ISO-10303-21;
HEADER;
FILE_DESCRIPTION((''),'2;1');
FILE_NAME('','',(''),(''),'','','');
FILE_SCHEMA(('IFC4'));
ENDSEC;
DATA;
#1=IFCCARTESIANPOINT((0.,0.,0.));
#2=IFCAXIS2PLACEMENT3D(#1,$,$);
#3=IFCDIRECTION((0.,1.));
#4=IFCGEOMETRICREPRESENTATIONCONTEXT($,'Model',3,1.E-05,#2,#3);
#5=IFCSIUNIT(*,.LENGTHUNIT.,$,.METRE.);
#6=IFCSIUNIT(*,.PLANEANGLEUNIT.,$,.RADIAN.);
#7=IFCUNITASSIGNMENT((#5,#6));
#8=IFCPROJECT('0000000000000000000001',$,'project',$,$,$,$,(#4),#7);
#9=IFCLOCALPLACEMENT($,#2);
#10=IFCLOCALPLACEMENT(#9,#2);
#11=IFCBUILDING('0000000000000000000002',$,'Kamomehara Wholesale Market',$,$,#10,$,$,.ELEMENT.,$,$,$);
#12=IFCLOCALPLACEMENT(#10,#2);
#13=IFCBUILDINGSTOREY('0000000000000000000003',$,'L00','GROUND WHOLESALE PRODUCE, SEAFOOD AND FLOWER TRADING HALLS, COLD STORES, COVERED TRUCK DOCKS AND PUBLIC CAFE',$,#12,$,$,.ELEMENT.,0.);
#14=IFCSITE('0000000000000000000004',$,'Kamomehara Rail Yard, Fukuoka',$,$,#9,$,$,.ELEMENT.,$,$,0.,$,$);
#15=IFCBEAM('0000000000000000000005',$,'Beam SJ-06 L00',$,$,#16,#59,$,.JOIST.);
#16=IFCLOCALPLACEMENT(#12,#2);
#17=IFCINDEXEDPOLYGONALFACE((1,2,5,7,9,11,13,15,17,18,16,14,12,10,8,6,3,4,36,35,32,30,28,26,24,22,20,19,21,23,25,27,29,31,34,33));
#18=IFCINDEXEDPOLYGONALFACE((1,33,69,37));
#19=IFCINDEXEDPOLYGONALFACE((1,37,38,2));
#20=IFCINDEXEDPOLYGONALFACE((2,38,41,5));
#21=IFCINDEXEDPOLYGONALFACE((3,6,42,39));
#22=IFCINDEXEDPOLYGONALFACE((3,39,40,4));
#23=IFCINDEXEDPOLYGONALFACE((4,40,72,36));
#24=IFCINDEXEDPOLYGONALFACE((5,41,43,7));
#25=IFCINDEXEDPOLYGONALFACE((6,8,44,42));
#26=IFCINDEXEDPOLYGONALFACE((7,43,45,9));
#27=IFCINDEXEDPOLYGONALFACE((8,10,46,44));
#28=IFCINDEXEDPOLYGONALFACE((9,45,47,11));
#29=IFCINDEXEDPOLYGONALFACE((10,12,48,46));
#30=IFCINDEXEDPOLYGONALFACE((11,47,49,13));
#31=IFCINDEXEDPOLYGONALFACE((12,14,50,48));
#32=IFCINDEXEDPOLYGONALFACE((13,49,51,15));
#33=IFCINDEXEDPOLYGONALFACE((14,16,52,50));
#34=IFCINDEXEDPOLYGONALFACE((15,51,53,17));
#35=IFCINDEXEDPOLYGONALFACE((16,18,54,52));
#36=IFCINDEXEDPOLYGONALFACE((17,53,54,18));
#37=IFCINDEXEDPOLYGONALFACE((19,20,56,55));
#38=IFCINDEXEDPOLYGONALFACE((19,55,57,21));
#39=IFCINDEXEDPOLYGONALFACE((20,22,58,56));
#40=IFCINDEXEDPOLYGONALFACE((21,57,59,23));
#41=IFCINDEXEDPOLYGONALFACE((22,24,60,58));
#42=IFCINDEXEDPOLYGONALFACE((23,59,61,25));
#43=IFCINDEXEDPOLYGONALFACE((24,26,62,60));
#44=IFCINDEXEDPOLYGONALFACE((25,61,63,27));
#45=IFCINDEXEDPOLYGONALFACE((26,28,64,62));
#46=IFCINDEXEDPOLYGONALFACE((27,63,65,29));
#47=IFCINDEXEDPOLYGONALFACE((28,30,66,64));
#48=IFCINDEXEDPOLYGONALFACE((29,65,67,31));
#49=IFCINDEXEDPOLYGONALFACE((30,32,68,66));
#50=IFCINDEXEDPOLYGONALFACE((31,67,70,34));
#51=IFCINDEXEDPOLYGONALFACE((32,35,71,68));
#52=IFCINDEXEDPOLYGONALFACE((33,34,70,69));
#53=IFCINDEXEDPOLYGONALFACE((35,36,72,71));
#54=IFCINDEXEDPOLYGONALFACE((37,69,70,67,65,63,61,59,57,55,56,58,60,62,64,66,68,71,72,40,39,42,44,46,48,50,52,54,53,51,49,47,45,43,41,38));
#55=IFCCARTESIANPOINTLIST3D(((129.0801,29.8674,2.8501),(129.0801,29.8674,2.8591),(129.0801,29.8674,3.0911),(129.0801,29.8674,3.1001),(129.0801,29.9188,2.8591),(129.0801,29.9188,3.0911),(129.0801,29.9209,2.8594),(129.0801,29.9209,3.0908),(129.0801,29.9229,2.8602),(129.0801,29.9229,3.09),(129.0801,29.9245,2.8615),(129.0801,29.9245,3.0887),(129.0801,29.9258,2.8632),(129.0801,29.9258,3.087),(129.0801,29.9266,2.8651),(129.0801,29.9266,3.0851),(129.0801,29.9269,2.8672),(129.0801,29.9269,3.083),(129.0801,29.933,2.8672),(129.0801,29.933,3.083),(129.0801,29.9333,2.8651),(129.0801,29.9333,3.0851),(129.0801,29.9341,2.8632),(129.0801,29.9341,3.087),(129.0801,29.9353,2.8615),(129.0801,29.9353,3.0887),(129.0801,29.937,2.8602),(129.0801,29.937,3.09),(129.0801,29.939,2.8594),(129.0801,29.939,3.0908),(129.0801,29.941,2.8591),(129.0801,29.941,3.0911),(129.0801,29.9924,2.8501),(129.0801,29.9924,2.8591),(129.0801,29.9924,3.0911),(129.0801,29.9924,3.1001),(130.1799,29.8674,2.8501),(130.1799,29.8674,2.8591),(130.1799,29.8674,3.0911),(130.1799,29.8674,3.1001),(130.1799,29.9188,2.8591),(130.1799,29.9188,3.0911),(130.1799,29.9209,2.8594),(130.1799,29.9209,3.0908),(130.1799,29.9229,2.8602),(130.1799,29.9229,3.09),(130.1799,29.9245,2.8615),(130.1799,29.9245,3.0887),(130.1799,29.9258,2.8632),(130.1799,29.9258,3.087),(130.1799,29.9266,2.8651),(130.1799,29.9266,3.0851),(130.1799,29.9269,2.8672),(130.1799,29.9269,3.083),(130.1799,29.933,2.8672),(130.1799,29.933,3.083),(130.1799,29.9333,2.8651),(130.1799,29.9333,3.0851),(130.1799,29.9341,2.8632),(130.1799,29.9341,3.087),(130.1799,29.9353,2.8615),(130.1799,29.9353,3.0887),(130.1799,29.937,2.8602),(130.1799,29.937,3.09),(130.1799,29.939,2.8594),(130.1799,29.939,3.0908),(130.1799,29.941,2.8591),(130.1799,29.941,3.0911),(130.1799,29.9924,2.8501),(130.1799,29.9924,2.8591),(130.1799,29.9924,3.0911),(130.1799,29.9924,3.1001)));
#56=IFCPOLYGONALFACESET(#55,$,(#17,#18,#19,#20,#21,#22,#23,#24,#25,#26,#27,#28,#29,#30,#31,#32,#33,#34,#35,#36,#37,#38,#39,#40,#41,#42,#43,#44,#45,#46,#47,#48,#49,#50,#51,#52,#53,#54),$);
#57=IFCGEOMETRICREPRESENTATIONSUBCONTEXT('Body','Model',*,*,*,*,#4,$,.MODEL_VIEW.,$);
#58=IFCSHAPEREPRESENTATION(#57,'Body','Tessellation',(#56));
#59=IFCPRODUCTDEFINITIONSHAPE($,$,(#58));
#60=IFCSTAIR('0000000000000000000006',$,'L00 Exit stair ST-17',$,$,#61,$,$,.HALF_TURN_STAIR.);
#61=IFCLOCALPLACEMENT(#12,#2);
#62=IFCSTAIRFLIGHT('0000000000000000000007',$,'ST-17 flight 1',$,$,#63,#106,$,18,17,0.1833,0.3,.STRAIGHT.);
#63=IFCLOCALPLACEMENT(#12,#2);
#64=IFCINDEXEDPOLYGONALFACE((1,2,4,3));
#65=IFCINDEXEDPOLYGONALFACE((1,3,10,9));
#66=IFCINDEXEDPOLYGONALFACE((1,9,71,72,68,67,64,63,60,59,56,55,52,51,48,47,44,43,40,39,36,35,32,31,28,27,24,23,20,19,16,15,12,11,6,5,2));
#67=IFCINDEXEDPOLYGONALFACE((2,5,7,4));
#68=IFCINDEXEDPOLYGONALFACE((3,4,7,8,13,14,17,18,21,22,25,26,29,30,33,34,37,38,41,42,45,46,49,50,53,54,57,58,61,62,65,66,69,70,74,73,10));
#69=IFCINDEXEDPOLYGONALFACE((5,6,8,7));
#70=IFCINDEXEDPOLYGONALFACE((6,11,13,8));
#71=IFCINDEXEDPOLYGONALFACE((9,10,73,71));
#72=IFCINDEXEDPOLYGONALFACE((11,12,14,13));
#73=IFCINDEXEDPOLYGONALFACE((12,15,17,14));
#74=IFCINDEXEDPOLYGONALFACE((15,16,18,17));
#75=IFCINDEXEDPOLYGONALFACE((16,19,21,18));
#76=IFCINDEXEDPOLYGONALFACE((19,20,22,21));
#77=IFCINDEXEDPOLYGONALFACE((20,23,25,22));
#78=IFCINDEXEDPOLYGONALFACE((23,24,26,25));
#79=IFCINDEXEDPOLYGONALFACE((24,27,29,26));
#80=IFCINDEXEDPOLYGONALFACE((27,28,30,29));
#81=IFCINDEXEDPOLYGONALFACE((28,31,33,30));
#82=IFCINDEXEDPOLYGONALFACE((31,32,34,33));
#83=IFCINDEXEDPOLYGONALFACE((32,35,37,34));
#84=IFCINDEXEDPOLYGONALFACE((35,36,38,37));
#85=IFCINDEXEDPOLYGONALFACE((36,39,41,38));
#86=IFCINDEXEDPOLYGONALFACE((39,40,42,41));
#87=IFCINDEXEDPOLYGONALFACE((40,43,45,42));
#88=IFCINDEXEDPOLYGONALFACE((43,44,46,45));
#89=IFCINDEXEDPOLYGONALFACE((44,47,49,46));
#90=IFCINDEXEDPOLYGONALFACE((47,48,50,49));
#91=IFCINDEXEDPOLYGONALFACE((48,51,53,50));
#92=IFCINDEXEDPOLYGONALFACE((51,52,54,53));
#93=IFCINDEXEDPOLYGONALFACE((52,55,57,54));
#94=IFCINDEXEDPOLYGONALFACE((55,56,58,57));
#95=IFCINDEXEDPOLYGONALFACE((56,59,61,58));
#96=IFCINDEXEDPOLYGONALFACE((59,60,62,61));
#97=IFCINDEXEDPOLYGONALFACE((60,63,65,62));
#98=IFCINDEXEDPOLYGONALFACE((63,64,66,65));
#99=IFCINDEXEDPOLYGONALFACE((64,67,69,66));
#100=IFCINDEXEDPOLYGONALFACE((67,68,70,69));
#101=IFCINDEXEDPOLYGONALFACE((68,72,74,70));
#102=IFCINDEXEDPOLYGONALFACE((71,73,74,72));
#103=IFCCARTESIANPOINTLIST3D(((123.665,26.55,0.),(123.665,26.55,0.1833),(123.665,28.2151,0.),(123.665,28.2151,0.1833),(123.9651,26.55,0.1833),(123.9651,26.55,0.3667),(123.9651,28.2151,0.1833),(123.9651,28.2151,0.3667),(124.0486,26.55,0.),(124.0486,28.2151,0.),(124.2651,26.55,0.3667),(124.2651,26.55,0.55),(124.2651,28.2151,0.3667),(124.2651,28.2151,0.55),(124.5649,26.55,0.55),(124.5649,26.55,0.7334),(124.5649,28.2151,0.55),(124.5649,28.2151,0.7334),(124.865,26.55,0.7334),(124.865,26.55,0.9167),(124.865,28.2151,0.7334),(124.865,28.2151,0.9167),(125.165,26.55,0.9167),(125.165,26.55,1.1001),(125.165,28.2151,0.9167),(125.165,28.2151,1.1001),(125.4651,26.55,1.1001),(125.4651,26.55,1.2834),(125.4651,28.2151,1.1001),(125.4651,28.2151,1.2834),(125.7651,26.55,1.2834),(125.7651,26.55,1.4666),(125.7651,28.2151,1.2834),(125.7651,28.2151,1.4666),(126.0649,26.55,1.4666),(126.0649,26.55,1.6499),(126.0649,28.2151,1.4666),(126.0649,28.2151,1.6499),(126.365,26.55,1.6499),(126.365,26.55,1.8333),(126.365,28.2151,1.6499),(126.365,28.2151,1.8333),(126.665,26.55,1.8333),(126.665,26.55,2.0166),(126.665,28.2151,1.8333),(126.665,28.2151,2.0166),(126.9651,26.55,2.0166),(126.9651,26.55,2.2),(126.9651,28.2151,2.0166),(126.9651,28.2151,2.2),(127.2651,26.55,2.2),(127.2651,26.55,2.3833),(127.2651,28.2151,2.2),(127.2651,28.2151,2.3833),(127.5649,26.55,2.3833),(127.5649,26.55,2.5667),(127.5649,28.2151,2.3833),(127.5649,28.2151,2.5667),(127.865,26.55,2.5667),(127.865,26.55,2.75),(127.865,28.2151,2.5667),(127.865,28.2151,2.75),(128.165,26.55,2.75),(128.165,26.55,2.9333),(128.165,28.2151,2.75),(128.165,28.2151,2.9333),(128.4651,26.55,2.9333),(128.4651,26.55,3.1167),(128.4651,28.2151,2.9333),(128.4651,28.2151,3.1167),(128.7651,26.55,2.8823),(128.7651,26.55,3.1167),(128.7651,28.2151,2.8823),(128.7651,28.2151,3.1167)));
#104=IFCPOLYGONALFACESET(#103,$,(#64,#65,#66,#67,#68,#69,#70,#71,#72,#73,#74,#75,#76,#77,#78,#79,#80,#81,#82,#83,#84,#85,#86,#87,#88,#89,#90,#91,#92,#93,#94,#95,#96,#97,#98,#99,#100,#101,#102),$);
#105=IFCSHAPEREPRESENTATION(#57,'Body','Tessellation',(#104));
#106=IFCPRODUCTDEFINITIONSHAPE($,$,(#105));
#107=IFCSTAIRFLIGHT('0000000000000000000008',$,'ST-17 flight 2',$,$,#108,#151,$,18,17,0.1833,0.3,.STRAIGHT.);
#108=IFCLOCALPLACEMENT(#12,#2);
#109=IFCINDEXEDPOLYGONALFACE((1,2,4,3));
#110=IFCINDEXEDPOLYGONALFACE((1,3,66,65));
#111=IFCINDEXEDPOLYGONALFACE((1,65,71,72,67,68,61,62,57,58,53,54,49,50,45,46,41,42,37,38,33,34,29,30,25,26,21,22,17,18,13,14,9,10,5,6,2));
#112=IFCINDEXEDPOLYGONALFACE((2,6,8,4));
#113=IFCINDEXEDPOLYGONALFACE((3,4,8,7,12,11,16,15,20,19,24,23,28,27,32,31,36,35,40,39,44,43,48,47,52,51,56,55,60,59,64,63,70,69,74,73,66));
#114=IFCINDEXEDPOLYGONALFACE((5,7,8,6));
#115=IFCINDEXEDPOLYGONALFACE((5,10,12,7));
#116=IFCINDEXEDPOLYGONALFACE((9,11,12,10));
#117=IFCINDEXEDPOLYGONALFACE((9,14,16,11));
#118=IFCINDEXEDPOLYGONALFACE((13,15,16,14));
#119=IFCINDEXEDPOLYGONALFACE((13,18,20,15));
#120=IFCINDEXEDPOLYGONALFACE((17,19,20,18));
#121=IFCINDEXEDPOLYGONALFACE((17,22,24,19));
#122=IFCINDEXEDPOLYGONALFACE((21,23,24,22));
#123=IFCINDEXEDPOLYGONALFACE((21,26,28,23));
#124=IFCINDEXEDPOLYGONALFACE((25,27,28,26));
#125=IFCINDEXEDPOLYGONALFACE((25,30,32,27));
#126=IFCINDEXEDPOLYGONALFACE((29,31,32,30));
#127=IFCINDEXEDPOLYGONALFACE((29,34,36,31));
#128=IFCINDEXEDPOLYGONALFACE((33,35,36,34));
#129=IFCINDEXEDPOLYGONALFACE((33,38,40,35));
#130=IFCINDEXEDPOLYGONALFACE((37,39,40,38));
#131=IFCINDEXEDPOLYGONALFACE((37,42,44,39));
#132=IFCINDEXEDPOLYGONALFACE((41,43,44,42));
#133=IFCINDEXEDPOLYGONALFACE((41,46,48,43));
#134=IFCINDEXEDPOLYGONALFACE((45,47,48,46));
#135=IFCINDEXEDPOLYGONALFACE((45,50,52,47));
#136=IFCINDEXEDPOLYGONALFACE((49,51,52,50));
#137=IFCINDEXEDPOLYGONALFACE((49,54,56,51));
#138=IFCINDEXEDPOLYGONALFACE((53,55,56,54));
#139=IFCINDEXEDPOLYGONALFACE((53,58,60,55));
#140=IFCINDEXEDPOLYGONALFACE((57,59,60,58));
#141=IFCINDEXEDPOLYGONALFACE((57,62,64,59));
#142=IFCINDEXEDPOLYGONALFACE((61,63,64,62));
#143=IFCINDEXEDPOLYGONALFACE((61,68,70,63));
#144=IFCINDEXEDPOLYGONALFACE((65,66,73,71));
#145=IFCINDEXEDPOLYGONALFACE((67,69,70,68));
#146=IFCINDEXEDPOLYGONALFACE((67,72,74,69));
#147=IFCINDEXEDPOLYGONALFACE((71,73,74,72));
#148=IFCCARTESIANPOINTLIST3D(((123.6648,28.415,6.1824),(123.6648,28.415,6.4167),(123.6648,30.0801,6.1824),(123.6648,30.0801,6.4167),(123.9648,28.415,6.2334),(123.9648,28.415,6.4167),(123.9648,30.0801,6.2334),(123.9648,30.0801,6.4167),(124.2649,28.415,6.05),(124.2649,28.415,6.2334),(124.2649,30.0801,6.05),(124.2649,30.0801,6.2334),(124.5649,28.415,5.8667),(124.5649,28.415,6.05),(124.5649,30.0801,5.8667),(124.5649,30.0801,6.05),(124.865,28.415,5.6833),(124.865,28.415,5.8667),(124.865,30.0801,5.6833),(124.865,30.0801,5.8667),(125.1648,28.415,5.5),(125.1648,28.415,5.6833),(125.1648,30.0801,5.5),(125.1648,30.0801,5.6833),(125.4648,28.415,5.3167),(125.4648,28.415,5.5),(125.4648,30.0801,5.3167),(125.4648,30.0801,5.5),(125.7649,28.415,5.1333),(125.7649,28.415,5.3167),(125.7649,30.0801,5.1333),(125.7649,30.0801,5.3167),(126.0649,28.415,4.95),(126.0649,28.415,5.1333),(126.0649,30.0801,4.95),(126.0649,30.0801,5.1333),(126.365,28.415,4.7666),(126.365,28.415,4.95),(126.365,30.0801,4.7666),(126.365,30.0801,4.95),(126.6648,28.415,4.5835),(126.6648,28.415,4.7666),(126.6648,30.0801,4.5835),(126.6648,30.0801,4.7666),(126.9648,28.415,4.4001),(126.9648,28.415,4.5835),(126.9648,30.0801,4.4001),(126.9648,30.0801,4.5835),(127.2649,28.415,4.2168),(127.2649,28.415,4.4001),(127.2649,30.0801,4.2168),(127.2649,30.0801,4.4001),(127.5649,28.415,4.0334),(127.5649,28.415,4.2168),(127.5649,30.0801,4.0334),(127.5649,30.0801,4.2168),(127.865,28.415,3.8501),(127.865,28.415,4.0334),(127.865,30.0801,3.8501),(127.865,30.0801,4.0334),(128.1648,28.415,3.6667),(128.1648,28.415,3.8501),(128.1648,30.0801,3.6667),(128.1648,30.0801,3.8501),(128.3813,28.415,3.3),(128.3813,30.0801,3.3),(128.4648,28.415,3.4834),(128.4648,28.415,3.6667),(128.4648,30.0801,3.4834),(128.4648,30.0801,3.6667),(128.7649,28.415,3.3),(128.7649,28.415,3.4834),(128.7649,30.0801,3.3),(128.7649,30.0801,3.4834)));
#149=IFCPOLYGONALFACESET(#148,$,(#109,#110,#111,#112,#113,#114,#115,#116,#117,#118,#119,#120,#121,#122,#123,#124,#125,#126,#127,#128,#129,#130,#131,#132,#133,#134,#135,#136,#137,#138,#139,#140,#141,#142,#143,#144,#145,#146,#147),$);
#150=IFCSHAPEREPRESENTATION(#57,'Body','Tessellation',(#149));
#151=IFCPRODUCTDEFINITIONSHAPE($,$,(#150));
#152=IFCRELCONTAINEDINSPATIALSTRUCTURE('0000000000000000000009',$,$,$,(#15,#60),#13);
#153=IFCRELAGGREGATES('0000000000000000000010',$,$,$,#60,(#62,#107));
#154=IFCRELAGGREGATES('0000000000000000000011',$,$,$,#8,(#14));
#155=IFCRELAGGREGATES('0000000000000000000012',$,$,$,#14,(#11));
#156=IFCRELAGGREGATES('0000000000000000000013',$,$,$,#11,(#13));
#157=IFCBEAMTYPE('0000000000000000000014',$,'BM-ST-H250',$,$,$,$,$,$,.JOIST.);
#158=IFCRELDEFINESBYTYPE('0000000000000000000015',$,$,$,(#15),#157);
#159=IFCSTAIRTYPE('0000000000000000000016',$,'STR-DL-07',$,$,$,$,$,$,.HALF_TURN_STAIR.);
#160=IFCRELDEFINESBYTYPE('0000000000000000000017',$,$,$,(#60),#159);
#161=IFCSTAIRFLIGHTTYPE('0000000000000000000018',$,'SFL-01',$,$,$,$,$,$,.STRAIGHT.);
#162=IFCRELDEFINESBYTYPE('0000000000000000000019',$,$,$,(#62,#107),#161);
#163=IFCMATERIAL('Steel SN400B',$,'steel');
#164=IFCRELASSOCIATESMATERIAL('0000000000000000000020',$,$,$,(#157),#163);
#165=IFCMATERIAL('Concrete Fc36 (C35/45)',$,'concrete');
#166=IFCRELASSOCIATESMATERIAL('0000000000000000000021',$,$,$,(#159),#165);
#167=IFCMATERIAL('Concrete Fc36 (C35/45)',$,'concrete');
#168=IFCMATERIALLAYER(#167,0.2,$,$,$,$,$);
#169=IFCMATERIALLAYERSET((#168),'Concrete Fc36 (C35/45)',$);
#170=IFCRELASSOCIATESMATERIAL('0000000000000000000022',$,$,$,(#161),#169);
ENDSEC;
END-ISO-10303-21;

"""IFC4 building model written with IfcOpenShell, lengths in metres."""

from ifc_helpers import new_model, si_unit, direction, frame, origin, origin_2d, place, context, subcontext, project, spatial, polyline, i_section, outline, extrude, material, layer, layer_set, material_profile, profile_set, type_object, element, aggregate, save


model = new_model("IFC4")

# Units and contexts
model_context = context("Model", 3, precision=1e-05, world=origin(), true_north=direction((0.0, 1.0)))
body_context = subcontext(model_context, "Body", "Model", "MODEL_VIEW")
ifc_project = project(units=[si_unit("LENGTHUNIT", "METRE"), si_unit("PLANEANGLEUNIT", "RADIAN")], contexts=[model_context])

# Site, building, storey
site_placement = place(None, origin())
site = spatial("IfcSite", under=ifc_project, at=site_placement, Name="Kamomehara Rail Yard, Fukuoka", CompositionType="ELEMENT", RefElevation=0.0)
building_placement = place(site_placement, origin())
building = spatial("IfcBuilding", under=site, at=building_placement, Name="Kamomehara Wholesale Market", CompositionType="ELEMENT")
storey_placement = place(building_placement, origin())
storey = spatial("IfcBuildingStorey", under=building, at=storey_placement, Name="L00", Description="GROUND WHOLESALE PRODUCE, SEAFOOD AND FLOWER TRADING HALLS, COLD STORES, COVERED TRUCK DOCKS AND PUBLIC CAFE", CompositionType="ELEMENT", Elevation=0.0)

# Beam
ifc_material_1 = material(Name="Steel SN400B", Category="steel")
ifc_material_profile_1 = material_profile(ifc_material_1, i_section(OverallWidth=0.125, OverallDepth=0.25, WebThickness=0.0061, FlangeThickness=0.009, FilletRadius=0.0081, at=origin_2d()), Name="H-250x125x6x9")
ifc_profile_set_1 = profile_set([ifc_material_profile_1], Name="Steel SN400B")
beam_type = type_object("IfcBeamType", Name="BM-ST-H250", PredefinedType="JOIST", material=ifc_profile_set_1)
beam_1_placement = place(storey_placement, frame((129.0801, 29.9299, 2.9751), z_axis=(1.0, 0.0, 0.0), x_axis=(0.0, 1.0, 0.0)))
element("IfcBeam", 1, at=beam_1_placement, inside=storey, type_object=beam_type, Name="Beam SJ-06 L00", PredefinedType="JOIST", context=body_context, shape_type="SweptSolid", body=[
    extrude(i_section(OverallWidth=0.125, OverallDepth=0.25, WebThickness=0.0061, FlangeThickness=0.009, FilletRadius=0.0081, at=origin_2d()), origin(), (0.0, 0.0, 1.0), 1.0999),
])

# Stair, stair flights
ifc_material_2 = material(Name="Concrete Fc36 (C35/45)", Category="concrete")
stair_type = type_object("IfcStairType", Name="STR-DL-07", PredefinedType="HALF_TURN_STAIR", material=ifc_material_2)
stair_placement = place(storey_placement, origin())
stair = element("IfcStair", 2, at=stair_placement, inside=storey, type_object=stair_type, Name="L00 Exit stair ST-17", PredefinedType="HALF_TURN_STAIR")
ifc_material_3 = material(Name="Concrete Fc36 (C35/45)", Category="concrete")
ifc_layer = layer(ifc_material_3, 0.2)
ifc_layer_set = layer_set([ifc_layer], Name="Concrete Fc36 (C35/45)")
stair_flight_type = type_object("IfcStairFlightType", Name="SFL-01", PredefinedType="STRAIGHT", material=ifc_layer_set)
stair_flight_1_placement = place(storey_placement, frame((123.665, 27.3826, 0.0), z_axis=(0.0, 0.0, 1.0), x_axis=(1.0, 0.0, 0.0)))
stair_flight_1 = element("IfcStairFlight", 3, at=stair_flight_1_placement, type_object=stair_flight_type, Name="ST-17 flight 1", NumberOfRisers=18, NumberOfTreads=17, PredefinedType="STRAIGHT", RiserHeight=0.1833, TreadLength=0.3, context=body_context, shape_type="SweptSolid", body=[
    extrude(outline(polyline([(0.0, 0.0), (0.0, 0.1833), (0.3, 0.1833), (0.3, 0.3667), (0.6001, 0.3667), (0.6001, 0.55), (0.8999, 0.55), (0.8999, 0.7334), (1.2, 0.7334), (1.2, 0.9167), (1.5, 0.9167), (1.5, 1.1001), (1.8, 1.1001), (1.8, 1.2834), (2.1001, 1.2834), (2.1001, 1.4666), (2.3999, 1.4666), (2.3999, 1.6499), (2.7, 1.6499), (2.7, 1.8333), (3.0, 1.8333), (3.0, 2.0166), (3.3, 2.0166), (3.3, 2.2), (3.6001, 2.2), (3.6001, 2.3833), (3.8999, 2.3833), (3.8999, 2.5667), (4.2, 2.5667), (4.2, 2.75), (4.5, 2.75), (4.5, 2.9333), (4.8, 2.9333), (4.8, 3.1167), (5.1001, 3.1167), (5.1001, 3.3), (5.1001, 2.8823), (0.3835, 0.0), (0.0, 0.0)])), frame((0.0, 0.8325, 0.0), z_axis=(0.0, -1.0, 0.0), x_axis=(1.0, 0.0, 0.0)), (0.0, 0.0, 1.0), 1.665),
])
stair_flight_2_placement = place(storey_placement, frame((128.7649, 29.2476, 3.3), z_axis=(0.0, 0.0, 1.0), x_axis=(-1.0, 0.0, 0.0)))
stair_flight_2 = element("IfcStairFlight", 4, at=stair_flight_2_placement, type_object=stair_flight_type, Name="ST-17 flight 2", NumberOfRisers=18, NumberOfTreads=17, PredefinedType="STRAIGHT", RiserHeight=0.1833, TreadLength=0.3, context=body_context, shape_type="SweptSolid", body=[
    extrude(outline(polyline([(0.0, 0.0), (0.0, 0.1833), (0.3, 0.1833), (0.3, 0.3667), (0.6001, 0.3667), (0.6001, 0.55), (0.8999, 0.55), (0.8999, 0.7334), (1.2, 0.7334), (1.2, 0.9167), (1.5, 0.9167), (1.5, 1.1001), (1.8, 1.1001), (1.8, 1.2834), (2.1001, 1.2834), (2.1001, 1.4666), (2.3999, 1.4666), (2.3999, 1.6499), (2.7, 1.6499), (2.7, 1.8333), (3.0, 1.8333), (3.0, 2.0166), (3.3, 2.0166), (3.3, 2.2), (3.6001, 2.2), (3.6001, 2.3833), (3.8999, 2.3833), (3.8999, 2.5667), (4.2, 2.5667), (4.2, 2.75), (4.5, 2.75), (4.5, 2.9333), (4.8, 2.9333), (4.8, 3.1167), (5.1001, 3.1167), (5.1001, 3.3), (5.1001, 2.8823), (0.3835, 0.0), (0.0, 0.0)])), frame((0.0, 0.8325, 0.0), z_axis=(0.0, -1.0, 0.0), x_axis=(1.0, 0.0, 0.0)), (0.0, 0.0, 1.0), 1.665),
])
aggregate(stair, [stair_flight_1, stair_flight_2])

save(model, "model.ifc")
